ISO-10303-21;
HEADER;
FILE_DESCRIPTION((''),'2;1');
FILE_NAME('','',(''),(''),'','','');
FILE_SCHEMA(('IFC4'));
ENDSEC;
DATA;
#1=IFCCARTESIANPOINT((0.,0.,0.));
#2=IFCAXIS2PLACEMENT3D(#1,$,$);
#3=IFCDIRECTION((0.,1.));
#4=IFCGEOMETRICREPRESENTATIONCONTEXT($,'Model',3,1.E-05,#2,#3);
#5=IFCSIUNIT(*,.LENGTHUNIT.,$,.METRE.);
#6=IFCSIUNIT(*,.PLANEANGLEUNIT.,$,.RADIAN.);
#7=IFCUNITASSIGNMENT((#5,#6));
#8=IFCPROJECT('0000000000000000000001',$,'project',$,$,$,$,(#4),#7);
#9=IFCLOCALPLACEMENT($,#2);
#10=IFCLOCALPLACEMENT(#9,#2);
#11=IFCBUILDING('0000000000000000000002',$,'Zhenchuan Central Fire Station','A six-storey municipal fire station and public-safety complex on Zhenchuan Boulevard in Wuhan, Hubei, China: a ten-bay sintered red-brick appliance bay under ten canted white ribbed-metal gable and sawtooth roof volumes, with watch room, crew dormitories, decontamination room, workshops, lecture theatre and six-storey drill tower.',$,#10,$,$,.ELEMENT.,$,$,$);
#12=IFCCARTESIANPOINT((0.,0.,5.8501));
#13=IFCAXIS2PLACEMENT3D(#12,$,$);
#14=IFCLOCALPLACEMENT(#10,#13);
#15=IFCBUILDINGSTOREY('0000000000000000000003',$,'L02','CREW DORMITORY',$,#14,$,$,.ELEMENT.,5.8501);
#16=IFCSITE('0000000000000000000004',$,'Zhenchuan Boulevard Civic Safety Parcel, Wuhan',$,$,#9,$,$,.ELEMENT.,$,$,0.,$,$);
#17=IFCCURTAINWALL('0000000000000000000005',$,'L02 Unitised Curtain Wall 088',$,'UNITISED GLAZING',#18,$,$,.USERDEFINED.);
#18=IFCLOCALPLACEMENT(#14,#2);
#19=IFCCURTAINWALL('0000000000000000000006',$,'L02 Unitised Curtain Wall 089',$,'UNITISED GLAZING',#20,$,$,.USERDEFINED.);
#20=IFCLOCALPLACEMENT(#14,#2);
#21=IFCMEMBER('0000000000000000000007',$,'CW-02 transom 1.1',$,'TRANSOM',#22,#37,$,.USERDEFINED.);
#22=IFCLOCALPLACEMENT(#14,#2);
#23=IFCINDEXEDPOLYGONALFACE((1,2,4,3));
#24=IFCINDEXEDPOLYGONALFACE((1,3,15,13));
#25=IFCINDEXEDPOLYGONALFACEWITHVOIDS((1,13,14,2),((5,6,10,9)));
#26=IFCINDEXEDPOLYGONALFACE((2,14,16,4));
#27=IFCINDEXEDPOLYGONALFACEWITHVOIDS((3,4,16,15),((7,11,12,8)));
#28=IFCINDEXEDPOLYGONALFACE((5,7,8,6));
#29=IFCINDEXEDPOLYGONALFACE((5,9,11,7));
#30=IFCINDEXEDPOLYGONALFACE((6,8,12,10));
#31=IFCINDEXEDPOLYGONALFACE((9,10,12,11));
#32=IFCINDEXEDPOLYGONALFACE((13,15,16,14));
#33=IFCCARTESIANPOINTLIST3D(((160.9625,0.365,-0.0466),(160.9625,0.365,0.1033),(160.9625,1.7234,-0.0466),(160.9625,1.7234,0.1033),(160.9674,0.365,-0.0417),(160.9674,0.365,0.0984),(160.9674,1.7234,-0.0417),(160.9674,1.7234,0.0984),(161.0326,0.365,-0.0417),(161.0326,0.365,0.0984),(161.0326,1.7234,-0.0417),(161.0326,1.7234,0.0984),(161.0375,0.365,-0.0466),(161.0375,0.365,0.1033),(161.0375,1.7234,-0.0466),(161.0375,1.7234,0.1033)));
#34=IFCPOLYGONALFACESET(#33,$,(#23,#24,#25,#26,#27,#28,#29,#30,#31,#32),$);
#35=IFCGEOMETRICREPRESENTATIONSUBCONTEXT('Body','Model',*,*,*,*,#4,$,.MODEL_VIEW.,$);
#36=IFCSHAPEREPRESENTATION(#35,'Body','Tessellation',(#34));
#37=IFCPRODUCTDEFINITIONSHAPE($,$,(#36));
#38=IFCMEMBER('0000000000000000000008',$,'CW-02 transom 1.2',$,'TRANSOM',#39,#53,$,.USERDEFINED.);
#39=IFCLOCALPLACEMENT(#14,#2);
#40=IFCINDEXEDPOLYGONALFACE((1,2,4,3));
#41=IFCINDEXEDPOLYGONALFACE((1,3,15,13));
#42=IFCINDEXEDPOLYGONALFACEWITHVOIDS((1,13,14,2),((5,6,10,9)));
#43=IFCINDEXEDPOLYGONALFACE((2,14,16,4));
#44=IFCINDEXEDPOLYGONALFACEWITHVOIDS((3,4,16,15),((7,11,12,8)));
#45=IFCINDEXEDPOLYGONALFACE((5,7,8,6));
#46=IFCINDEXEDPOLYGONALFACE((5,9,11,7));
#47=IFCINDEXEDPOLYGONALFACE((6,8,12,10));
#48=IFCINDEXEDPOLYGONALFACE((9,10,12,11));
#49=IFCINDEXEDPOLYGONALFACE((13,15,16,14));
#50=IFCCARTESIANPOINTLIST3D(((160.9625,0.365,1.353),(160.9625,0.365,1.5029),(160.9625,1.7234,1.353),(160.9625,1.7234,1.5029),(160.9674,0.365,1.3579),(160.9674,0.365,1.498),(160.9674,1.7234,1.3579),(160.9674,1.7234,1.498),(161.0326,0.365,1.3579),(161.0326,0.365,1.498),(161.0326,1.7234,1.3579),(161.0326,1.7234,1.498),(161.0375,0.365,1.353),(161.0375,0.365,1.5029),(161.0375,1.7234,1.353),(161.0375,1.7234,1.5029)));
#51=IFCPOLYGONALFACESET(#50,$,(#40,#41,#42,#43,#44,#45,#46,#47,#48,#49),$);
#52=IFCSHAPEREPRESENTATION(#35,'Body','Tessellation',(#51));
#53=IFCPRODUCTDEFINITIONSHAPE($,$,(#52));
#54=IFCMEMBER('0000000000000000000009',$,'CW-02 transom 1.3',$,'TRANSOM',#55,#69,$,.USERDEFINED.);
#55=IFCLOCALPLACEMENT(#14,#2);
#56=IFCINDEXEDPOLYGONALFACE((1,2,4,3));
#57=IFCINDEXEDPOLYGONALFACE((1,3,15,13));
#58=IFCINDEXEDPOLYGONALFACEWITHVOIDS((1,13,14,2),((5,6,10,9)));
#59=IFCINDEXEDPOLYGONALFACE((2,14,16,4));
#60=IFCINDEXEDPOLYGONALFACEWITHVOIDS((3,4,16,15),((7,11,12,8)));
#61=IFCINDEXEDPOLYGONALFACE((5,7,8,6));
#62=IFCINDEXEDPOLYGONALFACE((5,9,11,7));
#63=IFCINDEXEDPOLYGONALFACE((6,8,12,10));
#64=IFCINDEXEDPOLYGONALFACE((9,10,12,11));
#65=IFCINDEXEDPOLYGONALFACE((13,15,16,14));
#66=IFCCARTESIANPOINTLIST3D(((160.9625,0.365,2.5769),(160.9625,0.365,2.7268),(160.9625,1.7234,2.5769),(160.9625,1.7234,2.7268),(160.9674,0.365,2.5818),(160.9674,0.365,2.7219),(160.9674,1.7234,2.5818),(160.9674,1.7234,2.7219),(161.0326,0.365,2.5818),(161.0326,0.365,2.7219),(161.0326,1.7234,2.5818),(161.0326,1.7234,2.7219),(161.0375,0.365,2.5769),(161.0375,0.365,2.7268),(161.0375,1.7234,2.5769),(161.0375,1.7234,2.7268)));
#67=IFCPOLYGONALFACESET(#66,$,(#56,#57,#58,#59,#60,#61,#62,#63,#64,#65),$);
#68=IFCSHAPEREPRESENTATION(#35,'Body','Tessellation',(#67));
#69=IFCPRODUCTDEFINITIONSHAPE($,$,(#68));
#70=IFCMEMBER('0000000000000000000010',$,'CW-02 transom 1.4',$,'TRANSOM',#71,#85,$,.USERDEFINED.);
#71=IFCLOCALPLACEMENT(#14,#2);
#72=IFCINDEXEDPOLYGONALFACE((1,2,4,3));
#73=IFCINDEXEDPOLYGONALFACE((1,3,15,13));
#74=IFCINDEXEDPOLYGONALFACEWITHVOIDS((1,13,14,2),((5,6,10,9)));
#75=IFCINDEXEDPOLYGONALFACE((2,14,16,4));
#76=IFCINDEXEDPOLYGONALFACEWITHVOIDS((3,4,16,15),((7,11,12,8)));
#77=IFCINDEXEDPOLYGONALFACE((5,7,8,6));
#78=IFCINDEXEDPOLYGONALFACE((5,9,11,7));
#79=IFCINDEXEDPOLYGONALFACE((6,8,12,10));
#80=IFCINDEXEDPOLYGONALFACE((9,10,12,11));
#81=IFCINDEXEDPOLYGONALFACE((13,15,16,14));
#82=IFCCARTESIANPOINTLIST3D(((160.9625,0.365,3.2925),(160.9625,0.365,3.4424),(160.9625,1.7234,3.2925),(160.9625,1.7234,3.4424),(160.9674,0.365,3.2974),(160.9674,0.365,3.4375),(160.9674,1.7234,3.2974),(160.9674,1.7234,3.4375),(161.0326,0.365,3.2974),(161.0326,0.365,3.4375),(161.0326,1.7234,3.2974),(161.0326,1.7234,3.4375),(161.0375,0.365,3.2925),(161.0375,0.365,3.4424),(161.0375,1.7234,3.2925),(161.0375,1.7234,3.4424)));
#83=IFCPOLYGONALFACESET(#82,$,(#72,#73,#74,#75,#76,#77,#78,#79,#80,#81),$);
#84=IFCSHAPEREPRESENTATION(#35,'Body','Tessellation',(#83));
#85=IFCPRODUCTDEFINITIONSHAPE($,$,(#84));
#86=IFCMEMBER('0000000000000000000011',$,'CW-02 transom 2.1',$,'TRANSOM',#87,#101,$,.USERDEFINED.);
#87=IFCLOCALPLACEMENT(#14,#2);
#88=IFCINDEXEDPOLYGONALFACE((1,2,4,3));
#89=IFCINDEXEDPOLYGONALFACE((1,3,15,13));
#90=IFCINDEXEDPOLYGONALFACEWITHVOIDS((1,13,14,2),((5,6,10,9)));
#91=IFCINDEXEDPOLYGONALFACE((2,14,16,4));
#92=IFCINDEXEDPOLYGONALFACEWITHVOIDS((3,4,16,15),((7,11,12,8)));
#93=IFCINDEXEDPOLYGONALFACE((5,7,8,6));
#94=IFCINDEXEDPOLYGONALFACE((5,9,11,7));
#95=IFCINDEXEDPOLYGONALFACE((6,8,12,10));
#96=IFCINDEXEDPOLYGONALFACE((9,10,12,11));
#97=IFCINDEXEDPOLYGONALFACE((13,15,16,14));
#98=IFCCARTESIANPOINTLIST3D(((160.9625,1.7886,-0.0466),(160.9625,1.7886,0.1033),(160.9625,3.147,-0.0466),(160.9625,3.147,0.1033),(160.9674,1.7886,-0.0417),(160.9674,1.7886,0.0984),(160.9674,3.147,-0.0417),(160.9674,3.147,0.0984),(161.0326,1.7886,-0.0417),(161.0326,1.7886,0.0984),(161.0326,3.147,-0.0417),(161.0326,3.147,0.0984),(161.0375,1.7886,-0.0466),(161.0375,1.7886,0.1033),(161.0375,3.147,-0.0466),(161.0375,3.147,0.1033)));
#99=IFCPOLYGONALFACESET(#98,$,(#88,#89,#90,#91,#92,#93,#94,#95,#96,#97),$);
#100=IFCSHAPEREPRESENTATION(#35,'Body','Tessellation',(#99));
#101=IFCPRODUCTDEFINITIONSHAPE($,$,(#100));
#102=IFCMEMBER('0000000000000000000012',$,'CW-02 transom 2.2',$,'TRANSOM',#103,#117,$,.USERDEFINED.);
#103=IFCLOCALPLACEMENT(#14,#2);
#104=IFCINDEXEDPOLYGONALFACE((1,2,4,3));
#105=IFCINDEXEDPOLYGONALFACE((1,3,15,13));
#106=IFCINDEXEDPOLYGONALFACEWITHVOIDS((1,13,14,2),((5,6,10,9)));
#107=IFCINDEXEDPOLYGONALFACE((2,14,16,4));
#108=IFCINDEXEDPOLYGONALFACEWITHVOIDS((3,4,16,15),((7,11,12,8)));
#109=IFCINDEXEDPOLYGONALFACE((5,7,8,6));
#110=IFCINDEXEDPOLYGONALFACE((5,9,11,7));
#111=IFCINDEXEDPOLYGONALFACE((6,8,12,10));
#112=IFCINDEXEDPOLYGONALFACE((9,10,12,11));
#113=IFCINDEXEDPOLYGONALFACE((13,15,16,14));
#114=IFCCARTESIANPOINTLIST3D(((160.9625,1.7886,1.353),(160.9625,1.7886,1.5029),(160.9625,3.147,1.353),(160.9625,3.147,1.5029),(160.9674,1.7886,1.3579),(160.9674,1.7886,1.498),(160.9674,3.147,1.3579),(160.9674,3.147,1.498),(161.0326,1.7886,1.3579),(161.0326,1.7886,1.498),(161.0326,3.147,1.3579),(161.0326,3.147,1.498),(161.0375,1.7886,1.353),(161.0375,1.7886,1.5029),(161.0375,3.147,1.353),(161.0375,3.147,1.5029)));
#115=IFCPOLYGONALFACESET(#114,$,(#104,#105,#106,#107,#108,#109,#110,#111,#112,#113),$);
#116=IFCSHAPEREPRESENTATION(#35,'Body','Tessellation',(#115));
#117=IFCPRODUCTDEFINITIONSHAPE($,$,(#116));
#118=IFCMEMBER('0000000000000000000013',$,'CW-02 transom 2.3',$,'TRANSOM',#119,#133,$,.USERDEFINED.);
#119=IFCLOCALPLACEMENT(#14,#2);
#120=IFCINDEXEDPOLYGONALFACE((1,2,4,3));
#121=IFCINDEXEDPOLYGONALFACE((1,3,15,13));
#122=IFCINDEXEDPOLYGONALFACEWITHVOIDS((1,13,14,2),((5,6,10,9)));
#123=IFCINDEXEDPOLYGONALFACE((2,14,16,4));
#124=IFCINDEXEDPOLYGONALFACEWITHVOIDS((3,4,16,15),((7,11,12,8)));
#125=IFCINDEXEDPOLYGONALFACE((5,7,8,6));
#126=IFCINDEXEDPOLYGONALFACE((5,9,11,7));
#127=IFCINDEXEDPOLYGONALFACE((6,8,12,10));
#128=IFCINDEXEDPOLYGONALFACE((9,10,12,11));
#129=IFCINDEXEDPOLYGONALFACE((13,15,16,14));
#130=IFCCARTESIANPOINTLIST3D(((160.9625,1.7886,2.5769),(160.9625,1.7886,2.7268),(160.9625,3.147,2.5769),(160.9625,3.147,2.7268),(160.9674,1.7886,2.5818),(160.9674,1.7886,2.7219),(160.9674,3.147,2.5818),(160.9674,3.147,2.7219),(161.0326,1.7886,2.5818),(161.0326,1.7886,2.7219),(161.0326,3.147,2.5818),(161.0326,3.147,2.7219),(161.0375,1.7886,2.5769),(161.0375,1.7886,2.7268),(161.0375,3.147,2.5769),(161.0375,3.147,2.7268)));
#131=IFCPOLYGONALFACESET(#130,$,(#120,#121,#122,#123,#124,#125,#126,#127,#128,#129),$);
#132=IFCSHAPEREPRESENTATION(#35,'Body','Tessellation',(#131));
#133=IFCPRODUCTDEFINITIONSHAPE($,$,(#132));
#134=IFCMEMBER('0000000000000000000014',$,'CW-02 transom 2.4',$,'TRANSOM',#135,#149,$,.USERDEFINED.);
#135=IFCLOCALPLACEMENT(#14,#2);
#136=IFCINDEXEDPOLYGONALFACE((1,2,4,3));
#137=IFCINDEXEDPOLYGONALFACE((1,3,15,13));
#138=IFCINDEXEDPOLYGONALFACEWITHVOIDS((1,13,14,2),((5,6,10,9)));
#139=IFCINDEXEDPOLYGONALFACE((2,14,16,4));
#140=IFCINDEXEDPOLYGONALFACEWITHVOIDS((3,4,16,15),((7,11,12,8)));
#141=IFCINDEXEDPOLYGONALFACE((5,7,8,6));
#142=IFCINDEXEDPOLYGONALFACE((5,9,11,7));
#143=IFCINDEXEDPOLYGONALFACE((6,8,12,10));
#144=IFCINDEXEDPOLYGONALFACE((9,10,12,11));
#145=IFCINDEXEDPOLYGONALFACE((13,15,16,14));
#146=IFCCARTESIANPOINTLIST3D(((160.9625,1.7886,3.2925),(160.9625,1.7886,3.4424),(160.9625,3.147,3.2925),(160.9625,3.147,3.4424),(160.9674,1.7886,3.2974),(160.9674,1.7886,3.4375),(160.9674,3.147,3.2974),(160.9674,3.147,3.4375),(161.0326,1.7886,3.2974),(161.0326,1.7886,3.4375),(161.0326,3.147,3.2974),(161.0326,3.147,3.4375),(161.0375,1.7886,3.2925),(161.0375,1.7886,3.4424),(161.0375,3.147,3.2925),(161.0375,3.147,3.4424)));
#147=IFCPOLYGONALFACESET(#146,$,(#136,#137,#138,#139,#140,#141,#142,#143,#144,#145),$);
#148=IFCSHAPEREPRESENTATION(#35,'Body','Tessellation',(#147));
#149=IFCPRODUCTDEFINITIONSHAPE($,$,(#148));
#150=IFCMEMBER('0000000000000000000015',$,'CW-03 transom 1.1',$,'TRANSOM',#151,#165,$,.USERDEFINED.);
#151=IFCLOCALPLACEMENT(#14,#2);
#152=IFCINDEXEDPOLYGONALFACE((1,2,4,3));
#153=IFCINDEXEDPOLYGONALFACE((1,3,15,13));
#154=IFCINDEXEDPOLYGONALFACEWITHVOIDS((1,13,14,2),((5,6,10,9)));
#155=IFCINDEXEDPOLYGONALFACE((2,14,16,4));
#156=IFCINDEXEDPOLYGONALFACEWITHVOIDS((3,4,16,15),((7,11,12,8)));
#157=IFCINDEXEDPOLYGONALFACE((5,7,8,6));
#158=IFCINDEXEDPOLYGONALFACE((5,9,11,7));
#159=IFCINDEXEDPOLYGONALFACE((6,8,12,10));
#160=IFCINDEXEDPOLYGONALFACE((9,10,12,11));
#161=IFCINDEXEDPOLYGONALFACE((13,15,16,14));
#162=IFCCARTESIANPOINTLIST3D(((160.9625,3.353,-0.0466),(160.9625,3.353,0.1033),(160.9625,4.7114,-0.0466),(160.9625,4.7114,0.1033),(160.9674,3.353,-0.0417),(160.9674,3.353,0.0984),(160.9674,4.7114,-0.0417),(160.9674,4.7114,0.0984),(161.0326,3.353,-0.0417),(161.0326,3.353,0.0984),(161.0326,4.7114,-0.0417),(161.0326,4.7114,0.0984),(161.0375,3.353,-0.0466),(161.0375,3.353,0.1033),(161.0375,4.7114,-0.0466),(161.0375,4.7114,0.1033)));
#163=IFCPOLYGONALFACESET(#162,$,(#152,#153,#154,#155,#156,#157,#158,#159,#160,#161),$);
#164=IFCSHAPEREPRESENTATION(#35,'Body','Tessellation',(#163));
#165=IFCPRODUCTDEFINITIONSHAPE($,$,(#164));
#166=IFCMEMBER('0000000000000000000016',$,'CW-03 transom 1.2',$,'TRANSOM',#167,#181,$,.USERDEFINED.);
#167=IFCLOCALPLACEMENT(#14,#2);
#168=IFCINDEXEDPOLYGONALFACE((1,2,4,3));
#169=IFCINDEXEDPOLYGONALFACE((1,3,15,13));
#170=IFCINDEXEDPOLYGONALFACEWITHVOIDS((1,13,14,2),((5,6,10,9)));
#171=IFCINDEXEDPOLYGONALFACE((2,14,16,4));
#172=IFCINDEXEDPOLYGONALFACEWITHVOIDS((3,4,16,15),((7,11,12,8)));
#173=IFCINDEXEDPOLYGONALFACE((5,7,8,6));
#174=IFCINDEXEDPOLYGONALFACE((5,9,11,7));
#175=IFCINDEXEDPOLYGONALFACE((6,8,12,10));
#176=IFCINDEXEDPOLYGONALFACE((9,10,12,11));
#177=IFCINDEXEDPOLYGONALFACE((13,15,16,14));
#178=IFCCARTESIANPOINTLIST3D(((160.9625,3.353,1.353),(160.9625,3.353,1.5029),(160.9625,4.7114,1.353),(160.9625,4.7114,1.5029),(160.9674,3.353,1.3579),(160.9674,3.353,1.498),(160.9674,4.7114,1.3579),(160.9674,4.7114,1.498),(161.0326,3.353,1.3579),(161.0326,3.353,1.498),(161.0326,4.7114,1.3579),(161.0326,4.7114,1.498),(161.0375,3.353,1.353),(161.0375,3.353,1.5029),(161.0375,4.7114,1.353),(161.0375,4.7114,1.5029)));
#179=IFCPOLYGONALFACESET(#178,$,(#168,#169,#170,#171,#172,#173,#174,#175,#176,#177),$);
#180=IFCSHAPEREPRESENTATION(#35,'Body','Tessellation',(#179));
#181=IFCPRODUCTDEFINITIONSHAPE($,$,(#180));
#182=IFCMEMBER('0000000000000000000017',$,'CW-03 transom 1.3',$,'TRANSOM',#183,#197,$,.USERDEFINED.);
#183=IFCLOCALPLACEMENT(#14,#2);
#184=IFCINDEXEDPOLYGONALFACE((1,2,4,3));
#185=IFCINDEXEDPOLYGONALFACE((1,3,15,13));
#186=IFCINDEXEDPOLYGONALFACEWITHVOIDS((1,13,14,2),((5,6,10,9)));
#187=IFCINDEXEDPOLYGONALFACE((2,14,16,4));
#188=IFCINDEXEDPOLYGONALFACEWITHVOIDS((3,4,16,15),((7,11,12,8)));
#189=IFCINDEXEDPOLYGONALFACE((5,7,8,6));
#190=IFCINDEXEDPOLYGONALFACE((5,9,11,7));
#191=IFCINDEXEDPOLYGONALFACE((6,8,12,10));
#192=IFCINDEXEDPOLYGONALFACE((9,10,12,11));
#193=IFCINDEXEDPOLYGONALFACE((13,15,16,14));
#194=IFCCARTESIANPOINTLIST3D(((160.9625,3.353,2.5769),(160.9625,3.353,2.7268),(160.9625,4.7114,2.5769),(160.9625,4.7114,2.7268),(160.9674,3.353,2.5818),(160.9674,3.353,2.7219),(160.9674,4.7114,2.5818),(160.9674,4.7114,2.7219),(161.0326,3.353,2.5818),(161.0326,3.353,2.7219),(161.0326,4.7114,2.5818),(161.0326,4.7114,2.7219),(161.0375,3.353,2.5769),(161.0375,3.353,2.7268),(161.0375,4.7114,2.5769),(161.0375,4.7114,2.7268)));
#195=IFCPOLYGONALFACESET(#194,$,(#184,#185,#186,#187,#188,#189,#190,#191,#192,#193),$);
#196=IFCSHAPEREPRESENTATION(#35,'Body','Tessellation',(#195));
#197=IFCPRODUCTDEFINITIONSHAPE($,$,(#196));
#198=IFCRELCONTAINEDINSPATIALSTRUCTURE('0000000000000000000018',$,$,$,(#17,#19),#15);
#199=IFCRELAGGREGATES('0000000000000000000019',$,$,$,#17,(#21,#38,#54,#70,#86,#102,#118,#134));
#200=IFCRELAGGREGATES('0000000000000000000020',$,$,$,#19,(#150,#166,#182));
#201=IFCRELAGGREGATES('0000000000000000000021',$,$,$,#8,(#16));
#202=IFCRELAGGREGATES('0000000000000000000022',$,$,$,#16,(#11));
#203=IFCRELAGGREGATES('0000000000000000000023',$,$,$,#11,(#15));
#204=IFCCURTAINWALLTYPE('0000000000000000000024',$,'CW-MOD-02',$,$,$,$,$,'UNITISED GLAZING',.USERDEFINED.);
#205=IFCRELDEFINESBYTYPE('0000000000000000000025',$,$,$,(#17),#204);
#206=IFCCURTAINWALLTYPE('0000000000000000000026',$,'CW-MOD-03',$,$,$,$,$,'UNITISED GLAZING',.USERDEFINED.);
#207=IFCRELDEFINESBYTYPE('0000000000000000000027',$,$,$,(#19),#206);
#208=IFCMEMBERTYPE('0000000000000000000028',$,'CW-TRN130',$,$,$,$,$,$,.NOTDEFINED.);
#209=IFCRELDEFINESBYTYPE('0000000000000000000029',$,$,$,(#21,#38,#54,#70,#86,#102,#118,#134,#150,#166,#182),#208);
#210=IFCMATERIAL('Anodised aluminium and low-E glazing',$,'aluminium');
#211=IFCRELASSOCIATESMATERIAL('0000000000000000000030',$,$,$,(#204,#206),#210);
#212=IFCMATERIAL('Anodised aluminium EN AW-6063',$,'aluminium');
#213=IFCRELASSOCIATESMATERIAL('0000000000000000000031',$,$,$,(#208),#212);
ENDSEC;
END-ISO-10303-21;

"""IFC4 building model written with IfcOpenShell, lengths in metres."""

from ifc_helpers import new_model, si_unit, direction, frame, origin, origin_2d, place, context, subcontext, project, spatial, hollow_rectangle, extrude, material, material_profile, profile_set, type_object, element, aggregate, save


model = new_model("IFC4")

# Units and contexts
model_context = context("Model", 3, precision=1e-05, world=origin(), true_north=direction((0.0, 1.0)))
body_context = subcontext(model_context, "Body", "Model", "MODEL_VIEW")
ifc_project = project(units=[si_unit("LENGTHUNIT", "METRE"), si_unit("PLANEANGLEUNIT", "RADIAN")], contexts=[model_context])

# Site, building, storey
site_placement = place(None, origin())
site = spatial("IfcSite", under=ifc_project, at=site_placement, Name="Zhenchuan Boulevard Civic Safety Parcel, Wuhan", CompositionType="ELEMENT", RefElevation=0.0)
building_placement = place(site_placement, origin())
building = spatial("IfcBuilding", under=site, at=building_placement, Name="Zhenchuan Central Fire Station", Description="A six-storey municipal fire station and public-safety complex on Zhenchuan Boulevard in Wuhan, Hubei, China: a ten-bay sintered red-brick appliance bay under ten canted white ribbed-metal gable and sawtooth roof volumes, with watch room, crew dormitories, decontamination room, workshops, lecture theatre and six-storey drill tower.", CompositionType="ELEMENT")
storey_placement = place(building_placement, frame((0.0, 0.0, 5.8501)))
storey = spatial("IfcBuildingStorey", under=building, at=storey_placement, Name="L02", Description="CREW DORMITORY", CompositionType="ELEMENT", Elevation=5.8501)

# Curtain walls
ifc_material_1 = material(Name="Anodised aluminium and low-E glazing", Category="aluminium")
curtain_wall_type_1 = type_object("IfcCurtainWallType", Name="CW-MOD-02", ElementType="UNITISED GLAZING", PredefinedType="USERDEFINED", material=ifc_material_1)
curtain_wall_1_placement = place(storey_placement, origin())
curtain_wall_1 = element("IfcCurtainWall", 1, at=curtain_wall_1_placement, inside=storey, type_object=curtain_wall_type_1, Name="L02 Unitised Curtain Wall 088", ObjectType="UNITISED GLAZING", PredefinedType="USERDEFINED")
ifc_material_2 = material(Name="Anodised aluminium EN AW-6063", Category="aluminium")
curtain_wall_type_2 = type_object("IfcCurtainWallType", Name="CW-MOD-03", ElementType="UNITISED GLAZING", PredefinedType="USERDEFINED", material=ifc_material_1)
curtain_wall_2_placement = place(storey_placement, origin())
curtain_wall_2 = element("IfcCurtainWall", 2, at=curtain_wall_2_placement, inside=storey, type_object=curtain_wall_type_2, Name="L02 Unitised Curtain Wall 089", ObjectType="UNITISED GLAZING", PredefinedType="USERDEFINED")

# Members
ifc_material_profile_1 = material_profile(ifc_material_2, hollow_rectangle(XDim=0.075, YDim=0.1499, WallThickness=0.0049, at=origin_2d()), Name="ALU-T 150x75")
ifc_profile_set_1 = profile_set([ifc_material_profile_1], Name="Anodised aluminium EN AW-6063")
member_type_1 = type_object("IfcMemberType", Name="CW-TRN130", PredefinedType="NOTDEFINED", material=ifc_profile_set_1)
member_1_placement = place(storey_placement, frame((161.0, 0.365, 0.0283), z_axis=(0.0, 1.0, 0.0), x_axis=(-1.0, 0.0, 0.0)))
member_1 = element("IfcMember", 3, at=member_1_placement, type_object=member_type_1, Name="CW-02 transom 1.1", ObjectType="TRANSOM", PredefinedType="USERDEFINED", context=body_context, shape_type="SweptSolid", body=[
    extrude(hollow_rectangle(XDim=0.075, YDim=0.1499, WallThickness=0.0049, at=origin_2d()), origin(), (0.0, 0.0, 1.0), 1.3584),
])
member_2_placement = place(storey_placement, frame((161.0, 0.365, 1.428), z_axis=(0.0, 1.0, 0.0), x_axis=(-1.0, 0.0, 0.0)))
member_2 = element("IfcMember", 4, at=member_2_placement, type_object=member_type_1, Name="CW-02 transom 1.2", ObjectType="TRANSOM", PredefinedType="USERDEFINED", context=body_context, shape_type="SweptSolid", body=[
    extrude(hollow_rectangle(XDim=0.075, YDim=0.1499, WallThickness=0.0049, at=origin_2d()), origin(), (0.0, 0.0, 1.0), 1.3584),
])
member_3_placement = place(storey_placement, frame((161.0, 0.365, 2.6519), z_axis=(0.0, 1.0, 0.0), x_axis=(-1.0, 0.0, 0.0)))
member_3 = element("IfcMember", 5, at=member_3_placement, type_object=member_type_1, Name="CW-02 transom 1.3", ObjectType="TRANSOM", PredefinedType="USERDEFINED", context=body_context, shape_type="SweptSolid", body=[
    extrude(hollow_rectangle(XDim=0.075, YDim=0.1499, WallThickness=0.0049, at=origin_2d()), origin(), (0.0, 0.0, 1.0), 1.3584),
])
member_4_placement = place(storey_placement, frame((161.0, 0.365, 3.3674), z_axis=(0.0, 1.0, 0.0), x_axis=(-1.0, 0.0, 0.0)))
member_4 = element("IfcMember", 6, at=member_4_placement, type_object=member_type_1, Name="CW-02 transom 1.4", ObjectType="TRANSOM", PredefinedType="USERDEFINED", context=body_context, shape_type="SweptSolid", body=[
    extrude(hollow_rectangle(XDim=0.075, YDim=0.1499, WallThickness=0.0049, at=origin_2d()), origin(), (0.0, 0.0, 1.0), 1.3584),
])
member_5_placement = place(storey_placement, frame((161.0, 1.7886, 0.0283), z_axis=(0.0, 1.0, 0.0), x_axis=(-1.0, 0.0, 0.0)))
member_5 = element("IfcMember", 7, at=member_5_placement, type_object=member_type_1, Name="CW-02 transom 2.1", ObjectType="TRANSOM", PredefinedType="USERDEFINED", context=body_context, shape_type="SweptSolid", body=[
    extrude(hollow_rectangle(XDim=0.075, YDim=0.1499, WallThickness=0.0049, at=origin_2d()), origin(), (0.0, 0.0, 1.0), 1.3584),
])
member_6_placement = place(storey_placement, frame((161.0, 1.7886, 1.428), z_axis=(0.0, 1.0, 0.0), x_axis=(-1.0, 0.0, 0.0)))
member_6 = element("IfcMember", 8, at=member_6_placement, type_object=member_type_1, Name="CW-02 transom 2.2", ObjectType="TRANSOM", PredefinedType="USERDEFINED", context=body_context, shape_type="SweptSolid", body=[
    extrude(hollow_rectangle(XDim=0.075, YDim=0.1499, WallThickness=0.0049, at=origin_2d()), origin(), (0.0, 0.0, 1.0), 1.3584),
])
member_7_placement = place(storey_placement, frame((161.0, 1.7886, 2.6519), z_axis=(0.0, 1.0, 0.0), x_axis=(-1.0, 0.0, 0.0)))
member_7 = element("IfcMember", 9, at=member_7_placement, type_object=member_type_1, Name="CW-02 transom 2.3", ObjectType="TRANSOM", PredefinedType="USERDEFINED", context=body_context, shape_type="SweptSolid", body=[
    extrude(hollow_rectangle(XDim=0.075, YDim=0.1499, WallThickness=0.0049, at=origin_2d()), origin(), (0.0, 0.0, 1.0), 1.3584),
])
member_8_placement = place(storey_placement, frame((161.0, 1.7886, 3.3674), z_axis=(0.0, 1.0, 0.0), x_axis=(-1.0, 0.0, 0.0)))
member_8 = element("IfcMember", 10, at=member_8_placement, type_object=member_type_1, Name="CW-02 transom 2.4", ObjectType="TRANSOM", PredefinedType="USERDEFINED", context=body_context, shape_type="SweptSolid", body=[
    extrude(hollow_rectangle(XDim=0.075, YDim=0.1499, WallThickness=0.0049, at=origin_2d()), origin(), (0.0, 0.0, 1.0), 1.3584),
])
member_9_placement = place(storey_placement, frame((161.0, 3.353, 0.0283), z_axis=(0.0, 1.0, 0.0), x_axis=(-1.0, 0.0, 0.0)))
member_9 = element("IfcMember", 11, at=member_9_placement, type_object=member_type_1, Name="CW-03 transom 1.1", ObjectType="TRANSOM", PredefinedType="USERDEFINED", context=body_context, shape_type="SweptSolid", body=[
    extrude(hollow_rectangle(XDim=0.075, YDim=0.1499, WallThickness=0.0049, at=origin_2d()), origin(), (0.0, 0.0, 1.0), 1.3584),
])
member_10_placement = place(storey_placement, frame((161.0, 3.353, 1.428), z_axis=(0.0, 1.0, 0.0), x_axis=(-1.0, 0.0, 0.0)))
member_10 = element("IfcMember", 12, at=member_10_placement, type_object=member_type_1, Name="CW-03 transom 1.2", ObjectType="TRANSOM", PredefinedType="USERDEFINED", context=body_context, shape_type="SweptSolid", body=[
    extrude(hollow_rectangle(XDim=0.075, YDim=0.1499, WallThickness=0.0049, at=origin_2d()), origin(), (0.0, 0.0, 1.0), 1.3584),
])
member_11_placement = place(storey_placement, frame((161.0, 3.353, 2.6519), z_axis=(0.0, 1.0, 0.0), x_axis=(-1.0, 0.0, 0.0)))
member_11 = element("IfcMember", 13, at=member_11_placement, type_object=member_type_1, Name="CW-03 transom 1.3", ObjectType="TRANSOM", PredefinedType="USERDEFINED", context=body_context, shape_type="SweptSolid", body=[
    extrude(hollow_rectangle(XDim=0.075, YDim=0.1499, WallThickness=0.0049, at=origin_2d()), origin(), (0.0, 0.0, 1.0), 1.3584),
])

aggregate(curtain_wall_1, [member_1, member_2, member_3, member_4, member_5, member_6, member_7, member_8])
aggregate(curtain_wall_2, [member_9, member_10, member_11])

save(model, "model.ifc")
